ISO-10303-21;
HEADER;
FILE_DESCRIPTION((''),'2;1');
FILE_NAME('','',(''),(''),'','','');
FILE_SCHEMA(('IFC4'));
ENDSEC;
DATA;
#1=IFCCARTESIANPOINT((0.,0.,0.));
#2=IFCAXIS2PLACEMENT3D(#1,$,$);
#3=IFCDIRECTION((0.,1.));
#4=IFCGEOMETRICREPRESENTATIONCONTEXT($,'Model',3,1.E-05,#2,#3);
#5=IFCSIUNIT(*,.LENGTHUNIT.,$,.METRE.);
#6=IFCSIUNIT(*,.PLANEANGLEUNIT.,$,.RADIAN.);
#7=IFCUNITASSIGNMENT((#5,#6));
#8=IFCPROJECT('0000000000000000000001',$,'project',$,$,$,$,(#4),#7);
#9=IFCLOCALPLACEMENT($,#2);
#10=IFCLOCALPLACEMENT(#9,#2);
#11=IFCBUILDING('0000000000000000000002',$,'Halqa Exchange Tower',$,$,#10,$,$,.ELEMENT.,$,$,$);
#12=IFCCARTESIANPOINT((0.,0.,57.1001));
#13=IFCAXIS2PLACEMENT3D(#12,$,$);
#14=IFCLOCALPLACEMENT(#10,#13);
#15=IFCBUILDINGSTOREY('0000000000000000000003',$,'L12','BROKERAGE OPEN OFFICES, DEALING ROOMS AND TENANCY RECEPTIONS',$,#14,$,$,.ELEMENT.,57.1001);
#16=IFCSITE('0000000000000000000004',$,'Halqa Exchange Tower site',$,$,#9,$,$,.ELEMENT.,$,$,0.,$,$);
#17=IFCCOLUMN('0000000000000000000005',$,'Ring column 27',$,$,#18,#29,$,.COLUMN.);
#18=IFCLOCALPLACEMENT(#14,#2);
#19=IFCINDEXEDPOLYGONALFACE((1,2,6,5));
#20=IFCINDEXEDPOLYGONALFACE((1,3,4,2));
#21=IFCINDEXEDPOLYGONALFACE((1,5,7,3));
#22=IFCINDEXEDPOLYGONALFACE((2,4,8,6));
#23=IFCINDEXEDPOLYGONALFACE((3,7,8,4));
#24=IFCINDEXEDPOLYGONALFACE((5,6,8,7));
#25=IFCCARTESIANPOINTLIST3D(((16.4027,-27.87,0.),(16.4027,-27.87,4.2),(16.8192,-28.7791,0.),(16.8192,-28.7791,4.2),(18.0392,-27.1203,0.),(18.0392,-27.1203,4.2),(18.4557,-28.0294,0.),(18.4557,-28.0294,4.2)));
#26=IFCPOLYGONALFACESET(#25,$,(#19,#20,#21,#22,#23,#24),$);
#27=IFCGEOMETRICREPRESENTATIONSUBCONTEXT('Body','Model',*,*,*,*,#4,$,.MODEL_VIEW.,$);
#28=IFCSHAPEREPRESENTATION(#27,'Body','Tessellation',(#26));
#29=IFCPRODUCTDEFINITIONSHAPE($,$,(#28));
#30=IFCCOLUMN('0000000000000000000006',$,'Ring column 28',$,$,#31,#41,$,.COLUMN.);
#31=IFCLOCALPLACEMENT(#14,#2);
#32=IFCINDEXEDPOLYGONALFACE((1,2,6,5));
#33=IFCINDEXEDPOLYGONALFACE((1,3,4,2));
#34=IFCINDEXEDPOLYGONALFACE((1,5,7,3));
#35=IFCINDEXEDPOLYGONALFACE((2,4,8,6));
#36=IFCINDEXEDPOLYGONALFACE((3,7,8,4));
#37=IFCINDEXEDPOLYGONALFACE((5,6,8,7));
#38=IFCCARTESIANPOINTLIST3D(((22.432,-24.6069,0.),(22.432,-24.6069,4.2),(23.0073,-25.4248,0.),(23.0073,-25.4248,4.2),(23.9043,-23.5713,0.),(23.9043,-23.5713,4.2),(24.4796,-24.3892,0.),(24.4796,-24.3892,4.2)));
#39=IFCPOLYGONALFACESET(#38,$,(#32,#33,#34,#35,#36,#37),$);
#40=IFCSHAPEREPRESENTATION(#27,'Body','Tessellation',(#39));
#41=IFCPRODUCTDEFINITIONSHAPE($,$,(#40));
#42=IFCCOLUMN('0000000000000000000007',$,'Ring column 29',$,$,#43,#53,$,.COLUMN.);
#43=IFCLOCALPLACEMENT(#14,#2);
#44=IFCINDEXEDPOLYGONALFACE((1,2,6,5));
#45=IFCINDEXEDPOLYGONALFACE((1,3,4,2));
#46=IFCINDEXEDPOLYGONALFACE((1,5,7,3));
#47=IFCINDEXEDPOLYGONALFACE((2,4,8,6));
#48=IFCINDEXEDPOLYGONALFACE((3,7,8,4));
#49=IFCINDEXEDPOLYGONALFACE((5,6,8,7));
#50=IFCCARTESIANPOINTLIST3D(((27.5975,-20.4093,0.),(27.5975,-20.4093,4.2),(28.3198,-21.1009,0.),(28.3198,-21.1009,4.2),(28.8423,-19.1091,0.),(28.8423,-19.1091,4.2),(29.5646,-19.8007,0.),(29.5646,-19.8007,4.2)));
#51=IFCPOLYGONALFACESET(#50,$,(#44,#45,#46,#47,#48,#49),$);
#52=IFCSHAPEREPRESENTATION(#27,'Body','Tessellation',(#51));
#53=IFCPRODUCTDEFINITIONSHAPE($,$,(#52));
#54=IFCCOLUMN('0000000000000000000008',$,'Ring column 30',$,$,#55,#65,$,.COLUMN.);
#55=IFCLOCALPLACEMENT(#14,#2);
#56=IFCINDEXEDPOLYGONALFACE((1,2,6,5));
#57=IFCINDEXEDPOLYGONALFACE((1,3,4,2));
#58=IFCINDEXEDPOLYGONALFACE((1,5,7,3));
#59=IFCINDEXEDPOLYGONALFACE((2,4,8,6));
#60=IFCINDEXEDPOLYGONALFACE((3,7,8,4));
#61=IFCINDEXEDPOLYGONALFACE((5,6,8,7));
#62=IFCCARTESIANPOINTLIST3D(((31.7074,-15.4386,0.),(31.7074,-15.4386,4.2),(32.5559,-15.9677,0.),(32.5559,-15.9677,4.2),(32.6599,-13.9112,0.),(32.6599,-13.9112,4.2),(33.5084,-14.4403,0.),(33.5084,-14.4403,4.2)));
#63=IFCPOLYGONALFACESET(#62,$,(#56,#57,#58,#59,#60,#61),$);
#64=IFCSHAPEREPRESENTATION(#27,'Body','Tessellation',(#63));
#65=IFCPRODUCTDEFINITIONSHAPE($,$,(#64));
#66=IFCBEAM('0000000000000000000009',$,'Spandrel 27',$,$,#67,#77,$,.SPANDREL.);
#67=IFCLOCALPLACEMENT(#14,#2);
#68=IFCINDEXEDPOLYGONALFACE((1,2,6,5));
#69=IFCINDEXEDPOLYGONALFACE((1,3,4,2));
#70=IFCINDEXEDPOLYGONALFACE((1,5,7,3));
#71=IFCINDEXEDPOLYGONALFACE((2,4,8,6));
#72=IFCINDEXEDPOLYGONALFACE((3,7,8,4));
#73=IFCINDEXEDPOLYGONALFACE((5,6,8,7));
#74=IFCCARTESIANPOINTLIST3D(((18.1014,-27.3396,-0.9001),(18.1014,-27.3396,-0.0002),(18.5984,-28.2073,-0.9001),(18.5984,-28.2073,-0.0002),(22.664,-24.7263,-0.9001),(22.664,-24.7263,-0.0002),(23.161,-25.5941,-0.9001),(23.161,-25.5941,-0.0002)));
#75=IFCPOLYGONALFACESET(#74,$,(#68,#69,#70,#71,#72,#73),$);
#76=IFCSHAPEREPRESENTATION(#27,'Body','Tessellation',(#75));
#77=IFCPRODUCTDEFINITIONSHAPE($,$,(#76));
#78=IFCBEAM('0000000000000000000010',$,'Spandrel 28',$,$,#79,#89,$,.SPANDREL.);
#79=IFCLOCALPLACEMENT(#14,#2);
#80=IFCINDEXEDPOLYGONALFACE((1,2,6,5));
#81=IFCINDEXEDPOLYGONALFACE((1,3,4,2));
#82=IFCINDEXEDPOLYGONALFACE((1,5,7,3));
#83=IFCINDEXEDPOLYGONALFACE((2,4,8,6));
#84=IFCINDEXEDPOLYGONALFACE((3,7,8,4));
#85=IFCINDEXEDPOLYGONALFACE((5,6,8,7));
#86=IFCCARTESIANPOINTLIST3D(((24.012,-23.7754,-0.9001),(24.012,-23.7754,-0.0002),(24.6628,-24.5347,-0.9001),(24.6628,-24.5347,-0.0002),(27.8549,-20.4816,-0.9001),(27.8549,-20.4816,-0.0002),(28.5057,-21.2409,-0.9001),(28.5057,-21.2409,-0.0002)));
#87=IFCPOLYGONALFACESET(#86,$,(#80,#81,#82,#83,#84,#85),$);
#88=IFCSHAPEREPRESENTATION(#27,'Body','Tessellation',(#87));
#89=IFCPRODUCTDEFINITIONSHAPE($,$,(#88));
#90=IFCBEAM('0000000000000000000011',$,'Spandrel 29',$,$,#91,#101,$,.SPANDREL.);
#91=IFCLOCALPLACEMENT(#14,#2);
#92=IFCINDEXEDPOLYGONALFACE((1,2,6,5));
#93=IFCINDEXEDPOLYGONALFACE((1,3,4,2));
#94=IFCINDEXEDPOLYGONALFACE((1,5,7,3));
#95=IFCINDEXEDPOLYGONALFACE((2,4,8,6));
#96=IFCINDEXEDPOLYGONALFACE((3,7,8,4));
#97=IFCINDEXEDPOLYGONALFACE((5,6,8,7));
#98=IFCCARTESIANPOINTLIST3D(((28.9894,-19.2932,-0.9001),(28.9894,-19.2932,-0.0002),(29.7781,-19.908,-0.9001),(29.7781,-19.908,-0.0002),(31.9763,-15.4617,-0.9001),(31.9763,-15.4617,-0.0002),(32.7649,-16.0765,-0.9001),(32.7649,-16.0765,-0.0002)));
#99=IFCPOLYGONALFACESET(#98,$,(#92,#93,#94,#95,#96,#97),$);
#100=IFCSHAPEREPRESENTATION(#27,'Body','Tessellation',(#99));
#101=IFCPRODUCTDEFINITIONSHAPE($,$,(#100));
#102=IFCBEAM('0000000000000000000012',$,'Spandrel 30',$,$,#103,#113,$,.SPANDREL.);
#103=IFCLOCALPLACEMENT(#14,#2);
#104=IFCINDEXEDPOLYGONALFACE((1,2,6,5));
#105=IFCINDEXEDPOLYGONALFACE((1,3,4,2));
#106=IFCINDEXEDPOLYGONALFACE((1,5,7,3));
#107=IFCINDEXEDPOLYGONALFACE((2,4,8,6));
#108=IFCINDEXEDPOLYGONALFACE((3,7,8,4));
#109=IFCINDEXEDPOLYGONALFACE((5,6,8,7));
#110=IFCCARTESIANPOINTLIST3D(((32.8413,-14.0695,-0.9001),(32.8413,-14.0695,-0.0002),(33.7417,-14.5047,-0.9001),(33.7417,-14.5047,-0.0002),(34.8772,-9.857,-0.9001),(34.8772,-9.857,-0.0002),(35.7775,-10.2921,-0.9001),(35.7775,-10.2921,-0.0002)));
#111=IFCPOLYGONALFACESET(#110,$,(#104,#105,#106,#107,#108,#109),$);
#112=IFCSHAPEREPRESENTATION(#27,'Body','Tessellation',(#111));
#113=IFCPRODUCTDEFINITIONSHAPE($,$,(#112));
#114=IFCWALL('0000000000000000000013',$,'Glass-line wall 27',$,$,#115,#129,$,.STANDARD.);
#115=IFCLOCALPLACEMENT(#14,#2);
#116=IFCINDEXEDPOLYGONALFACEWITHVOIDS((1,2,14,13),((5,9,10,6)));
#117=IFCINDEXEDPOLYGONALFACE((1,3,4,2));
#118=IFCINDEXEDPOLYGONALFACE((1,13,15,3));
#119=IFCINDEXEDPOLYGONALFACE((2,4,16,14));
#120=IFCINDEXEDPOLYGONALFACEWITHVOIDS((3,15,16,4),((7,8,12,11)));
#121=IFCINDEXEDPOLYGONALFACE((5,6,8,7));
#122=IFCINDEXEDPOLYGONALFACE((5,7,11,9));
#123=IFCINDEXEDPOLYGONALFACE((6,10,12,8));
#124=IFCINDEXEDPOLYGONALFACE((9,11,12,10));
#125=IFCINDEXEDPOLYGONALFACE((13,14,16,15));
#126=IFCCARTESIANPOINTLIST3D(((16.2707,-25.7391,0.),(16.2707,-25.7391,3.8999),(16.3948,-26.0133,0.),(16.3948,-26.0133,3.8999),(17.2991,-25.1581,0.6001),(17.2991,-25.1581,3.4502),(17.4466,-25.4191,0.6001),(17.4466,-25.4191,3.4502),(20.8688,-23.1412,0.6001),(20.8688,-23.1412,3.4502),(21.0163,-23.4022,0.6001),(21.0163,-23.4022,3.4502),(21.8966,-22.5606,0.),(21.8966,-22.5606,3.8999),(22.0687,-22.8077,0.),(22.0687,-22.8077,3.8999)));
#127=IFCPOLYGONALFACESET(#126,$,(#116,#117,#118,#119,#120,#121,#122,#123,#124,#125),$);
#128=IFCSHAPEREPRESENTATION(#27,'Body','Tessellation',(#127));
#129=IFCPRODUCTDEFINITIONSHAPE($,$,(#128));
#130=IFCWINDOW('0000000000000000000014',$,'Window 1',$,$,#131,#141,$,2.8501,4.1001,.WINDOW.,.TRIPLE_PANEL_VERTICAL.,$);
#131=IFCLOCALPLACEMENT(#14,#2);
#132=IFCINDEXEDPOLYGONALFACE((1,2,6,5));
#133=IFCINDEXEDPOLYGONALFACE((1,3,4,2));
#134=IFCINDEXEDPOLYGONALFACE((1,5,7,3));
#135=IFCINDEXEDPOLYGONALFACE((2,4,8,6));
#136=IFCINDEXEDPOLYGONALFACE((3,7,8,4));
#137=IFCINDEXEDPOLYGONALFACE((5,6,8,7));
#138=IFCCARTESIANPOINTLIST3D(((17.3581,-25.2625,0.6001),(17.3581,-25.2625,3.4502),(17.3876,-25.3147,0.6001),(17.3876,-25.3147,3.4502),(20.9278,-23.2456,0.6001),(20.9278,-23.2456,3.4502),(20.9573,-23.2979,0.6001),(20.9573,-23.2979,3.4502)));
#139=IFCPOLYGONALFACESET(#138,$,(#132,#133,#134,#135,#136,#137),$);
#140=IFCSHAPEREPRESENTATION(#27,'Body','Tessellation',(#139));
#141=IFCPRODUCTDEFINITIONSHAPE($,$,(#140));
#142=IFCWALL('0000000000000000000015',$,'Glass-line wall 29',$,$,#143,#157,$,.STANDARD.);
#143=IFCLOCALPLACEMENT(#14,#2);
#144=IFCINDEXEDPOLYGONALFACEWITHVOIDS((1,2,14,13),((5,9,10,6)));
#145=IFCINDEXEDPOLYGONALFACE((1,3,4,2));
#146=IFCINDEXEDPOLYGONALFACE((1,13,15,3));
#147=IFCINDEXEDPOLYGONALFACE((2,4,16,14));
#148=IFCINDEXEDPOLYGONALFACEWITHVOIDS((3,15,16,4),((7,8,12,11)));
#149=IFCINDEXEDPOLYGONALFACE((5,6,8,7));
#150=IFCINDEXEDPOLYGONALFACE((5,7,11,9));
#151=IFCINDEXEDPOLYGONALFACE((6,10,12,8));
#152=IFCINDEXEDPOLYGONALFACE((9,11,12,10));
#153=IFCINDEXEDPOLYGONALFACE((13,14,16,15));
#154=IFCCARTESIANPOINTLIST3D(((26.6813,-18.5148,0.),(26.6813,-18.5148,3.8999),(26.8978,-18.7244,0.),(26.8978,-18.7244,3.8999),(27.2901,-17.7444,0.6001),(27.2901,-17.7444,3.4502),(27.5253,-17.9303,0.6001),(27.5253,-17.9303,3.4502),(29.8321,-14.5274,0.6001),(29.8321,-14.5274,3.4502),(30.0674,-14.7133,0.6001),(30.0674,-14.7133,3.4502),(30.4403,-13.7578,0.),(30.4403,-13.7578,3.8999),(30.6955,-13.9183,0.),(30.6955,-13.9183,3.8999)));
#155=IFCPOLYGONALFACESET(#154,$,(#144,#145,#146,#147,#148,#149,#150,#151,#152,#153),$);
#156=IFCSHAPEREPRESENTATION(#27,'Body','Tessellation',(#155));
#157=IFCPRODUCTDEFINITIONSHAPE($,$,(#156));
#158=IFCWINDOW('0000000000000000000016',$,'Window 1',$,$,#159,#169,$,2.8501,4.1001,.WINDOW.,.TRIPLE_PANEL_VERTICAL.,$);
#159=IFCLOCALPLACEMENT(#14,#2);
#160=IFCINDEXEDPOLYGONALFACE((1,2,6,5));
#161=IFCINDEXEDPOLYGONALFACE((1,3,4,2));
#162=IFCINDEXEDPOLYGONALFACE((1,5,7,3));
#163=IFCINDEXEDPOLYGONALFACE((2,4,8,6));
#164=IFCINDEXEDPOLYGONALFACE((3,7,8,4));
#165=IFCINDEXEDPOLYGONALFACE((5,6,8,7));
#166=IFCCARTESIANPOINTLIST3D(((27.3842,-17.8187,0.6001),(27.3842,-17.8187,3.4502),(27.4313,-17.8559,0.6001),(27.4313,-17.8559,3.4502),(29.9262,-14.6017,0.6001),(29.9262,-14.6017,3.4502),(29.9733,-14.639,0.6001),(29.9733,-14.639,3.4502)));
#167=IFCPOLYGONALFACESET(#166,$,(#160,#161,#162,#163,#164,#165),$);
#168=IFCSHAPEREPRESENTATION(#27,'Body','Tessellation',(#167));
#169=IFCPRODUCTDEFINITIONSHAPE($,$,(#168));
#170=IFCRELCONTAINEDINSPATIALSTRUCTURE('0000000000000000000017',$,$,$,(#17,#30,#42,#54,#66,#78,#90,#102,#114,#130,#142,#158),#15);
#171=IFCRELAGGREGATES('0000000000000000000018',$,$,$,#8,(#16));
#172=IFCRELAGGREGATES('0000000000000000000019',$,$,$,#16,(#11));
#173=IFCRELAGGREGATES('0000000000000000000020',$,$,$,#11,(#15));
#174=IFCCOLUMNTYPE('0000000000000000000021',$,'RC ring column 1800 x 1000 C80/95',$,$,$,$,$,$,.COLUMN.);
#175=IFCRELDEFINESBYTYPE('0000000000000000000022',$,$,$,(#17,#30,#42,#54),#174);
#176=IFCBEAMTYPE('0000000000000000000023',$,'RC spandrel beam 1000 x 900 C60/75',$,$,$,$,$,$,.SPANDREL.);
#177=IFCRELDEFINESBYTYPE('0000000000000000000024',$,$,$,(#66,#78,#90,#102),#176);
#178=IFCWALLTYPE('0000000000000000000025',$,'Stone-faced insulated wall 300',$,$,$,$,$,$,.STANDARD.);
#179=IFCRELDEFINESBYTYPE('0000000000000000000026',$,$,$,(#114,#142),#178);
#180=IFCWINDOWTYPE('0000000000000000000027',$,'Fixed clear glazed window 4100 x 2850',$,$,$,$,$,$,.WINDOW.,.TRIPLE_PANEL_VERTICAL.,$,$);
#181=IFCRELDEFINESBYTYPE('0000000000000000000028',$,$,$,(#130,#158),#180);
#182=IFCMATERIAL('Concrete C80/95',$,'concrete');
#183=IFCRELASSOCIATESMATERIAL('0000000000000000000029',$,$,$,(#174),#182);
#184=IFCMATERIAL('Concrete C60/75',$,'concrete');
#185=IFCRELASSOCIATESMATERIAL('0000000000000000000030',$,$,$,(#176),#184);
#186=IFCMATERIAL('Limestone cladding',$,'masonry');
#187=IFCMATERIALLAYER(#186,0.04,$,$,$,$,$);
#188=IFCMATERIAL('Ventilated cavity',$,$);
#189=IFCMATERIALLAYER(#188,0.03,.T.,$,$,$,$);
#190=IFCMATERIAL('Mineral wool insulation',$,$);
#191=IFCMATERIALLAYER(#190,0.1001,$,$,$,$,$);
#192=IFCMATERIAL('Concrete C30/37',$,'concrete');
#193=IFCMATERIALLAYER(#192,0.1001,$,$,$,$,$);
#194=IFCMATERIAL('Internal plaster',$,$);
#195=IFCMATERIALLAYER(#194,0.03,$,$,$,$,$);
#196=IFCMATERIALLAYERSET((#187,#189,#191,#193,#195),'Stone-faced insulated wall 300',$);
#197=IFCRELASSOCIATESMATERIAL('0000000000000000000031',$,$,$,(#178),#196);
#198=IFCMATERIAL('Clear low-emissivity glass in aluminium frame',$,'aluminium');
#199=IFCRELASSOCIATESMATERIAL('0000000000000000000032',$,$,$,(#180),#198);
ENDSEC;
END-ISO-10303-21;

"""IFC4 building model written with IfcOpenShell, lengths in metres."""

from ifc_helpers import new_model, si_unit, direction, frame, frame_2d, origin, origin_2d, place, context, subcontext, project, spatial, polyline, rectangle, outline, extrude, material, layer, layer_set, material_profile, profile_set, type_object, element, fill, save


model = new_model("IFC4")

# Units and contexts
model_context = context("Model", 3, precision=1e-05, world=origin(), true_north=direction((0.0, 1.0)))
body_context = subcontext(model_context, "Body", "Model", "MODEL_VIEW")
ifc_project = project(units=[si_unit("LENGTHUNIT", "METRE"), si_unit("PLANEANGLEUNIT", "RADIAN")], contexts=[model_context])

# Site, building, storey
site_placement = place(None, origin())
site = spatial("IfcSite", under=ifc_project, at=site_placement, Name="Halqa Exchange Tower site", CompositionType="ELEMENT", RefElevation=0.0)
building_placement = place(site_placement, origin())
building = spatial("IfcBuilding", under=site, at=building_placement, Name="Halqa Exchange Tower", CompositionType="ELEMENT")
storey_placement = place(building_placement, frame((0.0, 0.0, 57.1001)))
storey = spatial("IfcBuildingStorey", under=building, at=storey_placement, Name="L12", Description="BROKERAGE OPEN OFFICES, DEALING ROOMS AND TENANCY RECEPTIONS", CompositionType="ELEMENT", Elevation=57.1001)

# Columns
ifc_material_1 = material(Name="Concrete C80/95", Category="concrete")
ifc_material_profile_1 = material_profile(ifc_material_1, rectangle(XDim=1.8, YDim=1.0, at=origin_2d()), Name="1800 x 1000")
ifc_profile_set_1 = profile_set([ifc_material_profile_1], Name="Concrete C80/95")
column_type = type_object("IfcColumnType", Name="RC ring column 1800 x 1000 C80/95", PredefinedType="COLUMN", material=ifc_profile_set_1)
for number, where, z_axis, x_axis, name in (
    (1, (17.4292, -27.9497, 0.0), (0.0, 0.0, 1.0), (0.909126, 0.41652, 0.0), "Ring column 27"),
    (2, (23.4558, -24.498, 0.0), (0.0, 0.0, 1.0), (0.817909, 0.575348, 0.0), "Ring column 28"),
    (3, (28.5811, -20.105, 0.0), (0.0, 0.0, 1.0), (0.691577, 0.722302, 0.0), "Ring column 29"),
    (4, (32.6079, -14.9395, 0.0), (0.0, 0.0, 1.0), (0.529139, 0.848535, 0.0), "Ring column 30"),
):
    element("IfcColumn", number, at=place(storey_placement, frame(where, z_axis=z_axis, x_axis=x_axis)), inside=storey, type_object=column_type, Name=name, PredefinedType="COLUMN", context=body_context, shape_type="SweptSolid", body=[
        extrude(rectangle(XDim=1.8, YDim=1.0, at=origin_2d()), origin(), (0.0, 0.0, 1.0), 4.2),
    ])

# Beams
ifc_material_2 = material(Name="Concrete C60/75", Category="concrete")
ifc_material_profile_2 = material_profile(ifc_material_2, rectangle(XDim=1.0, YDim=0.8999, at=origin_2d()), Name="1000 x 900")
ifc_profile_set_2 = profile_set([ifc_material_profile_2], Name="Concrete C60/75")
beam_type = type_object("IfcBeamType", Name="RC spandrel beam 1000 x 900 C60/75", PredefinedType="SPANDREL", material=ifc_profile_set_2)
beam_1_placement = place(storey_placement, frame((18.3499, -27.7734, -0.4502), z_axis=(0.867751, 0.496999, 0.0), x_axis=(-0.496999, 0.867751, 0.0)))
element("IfcBeam", 5, at=beam_1_placement, inside=storey, type_object=beam_type, Name="Spandrel 27", PredefinedType="SPANDREL", context=body_context, shape_type="SweptSolid", body=[
    extrude(rectangle(XDim=1.0, YDim=0.8999, at=origin_2d()), origin(), (0.0, 0.0, 1.0), 5.2581),
])
beam_2_placement = place(storey_placement, frame((24.3374, -24.155, -0.4502), z_axis=(0.759267, 0.650779, 0.0), x_axis=(-0.650779, 0.759267, 0.0)))
element("IfcBeam", 6, at=beam_2_placement, inside=storey, type_object=beam_type, Name="Spandrel 28", PredefinedType="SPANDREL", context=body_context, shape_type="SweptSolid", body=[
    extrude(rectangle(XDim=1.0, YDim=0.8999, at=origin_2d()), origin(), (0.0, 0.0, 1.0), 5.0613),
])
beam_3_placement = place(storey_placement, frame((29.3838, -19.6006, -0.4502), z_axis=(0.614803, 0.788681, 0.0), x_axis=(-0.788681, 0.614803, 0.0)))
element("IfcBeam", 7, at=beam_3_placement, inside=storey, type_object=beam_type, Name="Spandrel 29", PredefinedType="SPANDREL", context=body_context, shape_type="SweptSolid", body=[
    extrude(rectangle(XDim=1.0, YDim=0.8999, at=origin_2d()), origin(), (0.0, 0.0, 1.0), 4.8582),
])
beam_4_placement = place(storey_placement, frame((33.2915, -14.2871, -0.4502), z_axis=(0.43513, 0.900368, 0.0), x_axis=(-0.900368, 0.43513, 0.0)))
element("IfcBeam", 8, at=beam_4_placement, inside=storey, type_object=beam_type, Name="Spandrel 30", PredefinedType="SPANDREL", context=body_context, shape_type="SweptSolid", body=[
    extrude(rectangle(XDim=1.0, YDim=0.8999, at=origin_2d()), origin(), (0.0, 0.0, 1.0), 4.6787),
])

# Wall, opening, window
ifc_material_3 = material(Name="Limestone cladding", Category="masonry")
ifc_layer_1 = layer(ifc_material_3, 0.04)
ifc_material_4 = material(Name="Ventilated cavity")
ifc_layer_2 = layer(ifc_material_4, 0.03, ventilated=True)
ifc_material_5 = material(Name="Mineral wool insulation")
ifc_layer_3 = layer(ifc_material_5, 0.1001)
ifc_material_6 = material(Name="Concrete C30/37", Category="concrete")
ifc_layer_4 = layer(ifc_material_6, 0.1001)
ifc_material_7 = material(Name="Internal plaster")
ifc_layer_5 = layer(ifc_material_7, 0.03)
ifc_layer_set_1 = layer_set([ifc_layer_1, ifc_layer_2, ifc_layer_3, ifc_layer_4, ifc_layer_5], Name="Stone-faced insulated wall 300")
wall_type_1 = type_object("IfcWallType", Name="Stone-faced insulated wall 300", PredefinedType="STANDARD", material=ifc_layer_set_1)
wall_1_placement = place(storey_placement, frame((16.3328, -25.8762, 0.0), z_axis=(0.0, 0.0, 1.0), x_axis=(0.870648, 0.491907, 0.0)))
wall_1 = element("IfcWall", 9, at=wall_1_placement, inside=storey, type_object=wall_type_1, Name="Glass-line wall 27", PredefinedType="STANDARD", context=body_context, shape_type="SweptSolid", body=[
    extrude(outline(polyline([(-0.0134, -0.1499), (6.5034, -0.1499), (6.4751, 0.1499), (0.0134, 0.1499), (-0.0134, -0.1499)])), origin(), (0.0, 0.0, 1.0), 3.8999),
])
opening_1_placement = place(wall_1_placement, frame((1.1946, 0.0, 0.6001)))
opening_1 = element("IfcOpeningElement", 10, at=opening_1_placement, cuts=wall_1, PredefinedType="OPENING", context=body_context, shape_type="SweptSolid", body=[
    extrude(rectangle(XDim=4.1001, YDim=2.8501, at=frame_2d((2.05, 1.425))), frame((0.0, 0.1621, 0.0), z_axis=(0.0, -1.0, 0.0), x_axis=(1.0, 0.0, 0.0)), (0.0, 0.0, 1.0), 0.324),
])
ifc_material_8 = material(Name="Clear low-emissivity glass in aluminium frame", Category="aluminium")
window_type = type_object("IfcWindowType", Name="Fixed clear glazed window 4100 x 2850", PartitioningType="TRIPLE_PANEL_VERTICAL", PredefinedType="WINDOW", material=ifc_material_8)
window_1_placement = place(opening_1_placement, origin())
window_1 = element("IfcWindow", 11, at=window_1_placement, inside=storey, type_object=window_type, Name="Window 1", OverallHeight=2.8501, OverallWidth=4.1001, PartitioningType="TRIPLE_PANEL_VERTICAL", PredefinedType="WINDOW", context=body_context, shape_type="SweptSolid", body=[
    extrude(rectangle(XDim=4.1001, YDim=2.8501, at=frame_2d((2.05, 1.425))), frame((0.0, 0.03, 0.0), z_axis=(0.0, -1.0, 0.0), x_axis=(1.0, 0.0, 0.0)), (0.0, 0.0, 1.0), 0.0601),
])
fill(opening_1, window_1)

# Wall, opening, window
wall_2_placement = place(storey_placement, frame((26.7896, -18.6196, 0.0), z_axis=(0.0, 0.0, 1.0), x_axis=(0.619994, 0.784607, 0.0)))
wall_2 = element("IfcWall", 12, at=wall_2_placement, inside=storey, type_object=wall_type_1, Name="Glass-line wall 29", PredefinedType="STANDARD", context=body_context, shape_type="SweptSolid", body=[
    extrude(outline(polyline([(-0.0151, -0.1499), (6.1104, -0.1499), (6.0781, 0.1499), (0.0151, 0.1499), (-0.0151, -0.1499)])), origin(), (0.0, 0.0, 1.0), 3.8999),
])
opening_2_placement = place(wall_2_placement, frame((0.9971, 0.0, 0.6001)))
opening_2 = element("IfcOpeningElement", 13, at=opening_2_placement, cuts=wall_2, PredefinedType="OPENING", context=body_context, shape_type="SweptSolid", body=[
    extrude(rectangle(XDim=4.1001, YDim=2.8501, at=frame_2d((2.05, 1.425))), frame((0.0, 0.1621, 0.0), z_axis=(0.0, -1.0, 0.0), x_axis=(1.0, 0.0, 0.0)), (0.0, 0.0, 1.0), 0.324),
])
window_2_placement = place(opening_2_placement, origin())
window_2 = element("IfcWindow", 14, at=window_2_placement, inside=storey, type_object=window_type, Name="Window 1", OverallHeight=2.8501, OverallWidth=4.1001, PartitioningType="TRIPLE_PANEL_VERTICAL", PredefinedType="WINDOW", context=body_context, shape_type="SweptSolid", body=[
    extrude(rectangle(XDim=4.1001, YDim=2.8501, at=frame_2d((2.05, 1.425))), frame((0.0, 0.03, 0.0), z_axis=(0.0, -1.0, 0.0), x_axis=(1.0, 0.0, 0.0)), (0.0, 0.0, 1.0), 0.0601),
])
fill(opening_2, window_2)

save(model, "model.ifc")
